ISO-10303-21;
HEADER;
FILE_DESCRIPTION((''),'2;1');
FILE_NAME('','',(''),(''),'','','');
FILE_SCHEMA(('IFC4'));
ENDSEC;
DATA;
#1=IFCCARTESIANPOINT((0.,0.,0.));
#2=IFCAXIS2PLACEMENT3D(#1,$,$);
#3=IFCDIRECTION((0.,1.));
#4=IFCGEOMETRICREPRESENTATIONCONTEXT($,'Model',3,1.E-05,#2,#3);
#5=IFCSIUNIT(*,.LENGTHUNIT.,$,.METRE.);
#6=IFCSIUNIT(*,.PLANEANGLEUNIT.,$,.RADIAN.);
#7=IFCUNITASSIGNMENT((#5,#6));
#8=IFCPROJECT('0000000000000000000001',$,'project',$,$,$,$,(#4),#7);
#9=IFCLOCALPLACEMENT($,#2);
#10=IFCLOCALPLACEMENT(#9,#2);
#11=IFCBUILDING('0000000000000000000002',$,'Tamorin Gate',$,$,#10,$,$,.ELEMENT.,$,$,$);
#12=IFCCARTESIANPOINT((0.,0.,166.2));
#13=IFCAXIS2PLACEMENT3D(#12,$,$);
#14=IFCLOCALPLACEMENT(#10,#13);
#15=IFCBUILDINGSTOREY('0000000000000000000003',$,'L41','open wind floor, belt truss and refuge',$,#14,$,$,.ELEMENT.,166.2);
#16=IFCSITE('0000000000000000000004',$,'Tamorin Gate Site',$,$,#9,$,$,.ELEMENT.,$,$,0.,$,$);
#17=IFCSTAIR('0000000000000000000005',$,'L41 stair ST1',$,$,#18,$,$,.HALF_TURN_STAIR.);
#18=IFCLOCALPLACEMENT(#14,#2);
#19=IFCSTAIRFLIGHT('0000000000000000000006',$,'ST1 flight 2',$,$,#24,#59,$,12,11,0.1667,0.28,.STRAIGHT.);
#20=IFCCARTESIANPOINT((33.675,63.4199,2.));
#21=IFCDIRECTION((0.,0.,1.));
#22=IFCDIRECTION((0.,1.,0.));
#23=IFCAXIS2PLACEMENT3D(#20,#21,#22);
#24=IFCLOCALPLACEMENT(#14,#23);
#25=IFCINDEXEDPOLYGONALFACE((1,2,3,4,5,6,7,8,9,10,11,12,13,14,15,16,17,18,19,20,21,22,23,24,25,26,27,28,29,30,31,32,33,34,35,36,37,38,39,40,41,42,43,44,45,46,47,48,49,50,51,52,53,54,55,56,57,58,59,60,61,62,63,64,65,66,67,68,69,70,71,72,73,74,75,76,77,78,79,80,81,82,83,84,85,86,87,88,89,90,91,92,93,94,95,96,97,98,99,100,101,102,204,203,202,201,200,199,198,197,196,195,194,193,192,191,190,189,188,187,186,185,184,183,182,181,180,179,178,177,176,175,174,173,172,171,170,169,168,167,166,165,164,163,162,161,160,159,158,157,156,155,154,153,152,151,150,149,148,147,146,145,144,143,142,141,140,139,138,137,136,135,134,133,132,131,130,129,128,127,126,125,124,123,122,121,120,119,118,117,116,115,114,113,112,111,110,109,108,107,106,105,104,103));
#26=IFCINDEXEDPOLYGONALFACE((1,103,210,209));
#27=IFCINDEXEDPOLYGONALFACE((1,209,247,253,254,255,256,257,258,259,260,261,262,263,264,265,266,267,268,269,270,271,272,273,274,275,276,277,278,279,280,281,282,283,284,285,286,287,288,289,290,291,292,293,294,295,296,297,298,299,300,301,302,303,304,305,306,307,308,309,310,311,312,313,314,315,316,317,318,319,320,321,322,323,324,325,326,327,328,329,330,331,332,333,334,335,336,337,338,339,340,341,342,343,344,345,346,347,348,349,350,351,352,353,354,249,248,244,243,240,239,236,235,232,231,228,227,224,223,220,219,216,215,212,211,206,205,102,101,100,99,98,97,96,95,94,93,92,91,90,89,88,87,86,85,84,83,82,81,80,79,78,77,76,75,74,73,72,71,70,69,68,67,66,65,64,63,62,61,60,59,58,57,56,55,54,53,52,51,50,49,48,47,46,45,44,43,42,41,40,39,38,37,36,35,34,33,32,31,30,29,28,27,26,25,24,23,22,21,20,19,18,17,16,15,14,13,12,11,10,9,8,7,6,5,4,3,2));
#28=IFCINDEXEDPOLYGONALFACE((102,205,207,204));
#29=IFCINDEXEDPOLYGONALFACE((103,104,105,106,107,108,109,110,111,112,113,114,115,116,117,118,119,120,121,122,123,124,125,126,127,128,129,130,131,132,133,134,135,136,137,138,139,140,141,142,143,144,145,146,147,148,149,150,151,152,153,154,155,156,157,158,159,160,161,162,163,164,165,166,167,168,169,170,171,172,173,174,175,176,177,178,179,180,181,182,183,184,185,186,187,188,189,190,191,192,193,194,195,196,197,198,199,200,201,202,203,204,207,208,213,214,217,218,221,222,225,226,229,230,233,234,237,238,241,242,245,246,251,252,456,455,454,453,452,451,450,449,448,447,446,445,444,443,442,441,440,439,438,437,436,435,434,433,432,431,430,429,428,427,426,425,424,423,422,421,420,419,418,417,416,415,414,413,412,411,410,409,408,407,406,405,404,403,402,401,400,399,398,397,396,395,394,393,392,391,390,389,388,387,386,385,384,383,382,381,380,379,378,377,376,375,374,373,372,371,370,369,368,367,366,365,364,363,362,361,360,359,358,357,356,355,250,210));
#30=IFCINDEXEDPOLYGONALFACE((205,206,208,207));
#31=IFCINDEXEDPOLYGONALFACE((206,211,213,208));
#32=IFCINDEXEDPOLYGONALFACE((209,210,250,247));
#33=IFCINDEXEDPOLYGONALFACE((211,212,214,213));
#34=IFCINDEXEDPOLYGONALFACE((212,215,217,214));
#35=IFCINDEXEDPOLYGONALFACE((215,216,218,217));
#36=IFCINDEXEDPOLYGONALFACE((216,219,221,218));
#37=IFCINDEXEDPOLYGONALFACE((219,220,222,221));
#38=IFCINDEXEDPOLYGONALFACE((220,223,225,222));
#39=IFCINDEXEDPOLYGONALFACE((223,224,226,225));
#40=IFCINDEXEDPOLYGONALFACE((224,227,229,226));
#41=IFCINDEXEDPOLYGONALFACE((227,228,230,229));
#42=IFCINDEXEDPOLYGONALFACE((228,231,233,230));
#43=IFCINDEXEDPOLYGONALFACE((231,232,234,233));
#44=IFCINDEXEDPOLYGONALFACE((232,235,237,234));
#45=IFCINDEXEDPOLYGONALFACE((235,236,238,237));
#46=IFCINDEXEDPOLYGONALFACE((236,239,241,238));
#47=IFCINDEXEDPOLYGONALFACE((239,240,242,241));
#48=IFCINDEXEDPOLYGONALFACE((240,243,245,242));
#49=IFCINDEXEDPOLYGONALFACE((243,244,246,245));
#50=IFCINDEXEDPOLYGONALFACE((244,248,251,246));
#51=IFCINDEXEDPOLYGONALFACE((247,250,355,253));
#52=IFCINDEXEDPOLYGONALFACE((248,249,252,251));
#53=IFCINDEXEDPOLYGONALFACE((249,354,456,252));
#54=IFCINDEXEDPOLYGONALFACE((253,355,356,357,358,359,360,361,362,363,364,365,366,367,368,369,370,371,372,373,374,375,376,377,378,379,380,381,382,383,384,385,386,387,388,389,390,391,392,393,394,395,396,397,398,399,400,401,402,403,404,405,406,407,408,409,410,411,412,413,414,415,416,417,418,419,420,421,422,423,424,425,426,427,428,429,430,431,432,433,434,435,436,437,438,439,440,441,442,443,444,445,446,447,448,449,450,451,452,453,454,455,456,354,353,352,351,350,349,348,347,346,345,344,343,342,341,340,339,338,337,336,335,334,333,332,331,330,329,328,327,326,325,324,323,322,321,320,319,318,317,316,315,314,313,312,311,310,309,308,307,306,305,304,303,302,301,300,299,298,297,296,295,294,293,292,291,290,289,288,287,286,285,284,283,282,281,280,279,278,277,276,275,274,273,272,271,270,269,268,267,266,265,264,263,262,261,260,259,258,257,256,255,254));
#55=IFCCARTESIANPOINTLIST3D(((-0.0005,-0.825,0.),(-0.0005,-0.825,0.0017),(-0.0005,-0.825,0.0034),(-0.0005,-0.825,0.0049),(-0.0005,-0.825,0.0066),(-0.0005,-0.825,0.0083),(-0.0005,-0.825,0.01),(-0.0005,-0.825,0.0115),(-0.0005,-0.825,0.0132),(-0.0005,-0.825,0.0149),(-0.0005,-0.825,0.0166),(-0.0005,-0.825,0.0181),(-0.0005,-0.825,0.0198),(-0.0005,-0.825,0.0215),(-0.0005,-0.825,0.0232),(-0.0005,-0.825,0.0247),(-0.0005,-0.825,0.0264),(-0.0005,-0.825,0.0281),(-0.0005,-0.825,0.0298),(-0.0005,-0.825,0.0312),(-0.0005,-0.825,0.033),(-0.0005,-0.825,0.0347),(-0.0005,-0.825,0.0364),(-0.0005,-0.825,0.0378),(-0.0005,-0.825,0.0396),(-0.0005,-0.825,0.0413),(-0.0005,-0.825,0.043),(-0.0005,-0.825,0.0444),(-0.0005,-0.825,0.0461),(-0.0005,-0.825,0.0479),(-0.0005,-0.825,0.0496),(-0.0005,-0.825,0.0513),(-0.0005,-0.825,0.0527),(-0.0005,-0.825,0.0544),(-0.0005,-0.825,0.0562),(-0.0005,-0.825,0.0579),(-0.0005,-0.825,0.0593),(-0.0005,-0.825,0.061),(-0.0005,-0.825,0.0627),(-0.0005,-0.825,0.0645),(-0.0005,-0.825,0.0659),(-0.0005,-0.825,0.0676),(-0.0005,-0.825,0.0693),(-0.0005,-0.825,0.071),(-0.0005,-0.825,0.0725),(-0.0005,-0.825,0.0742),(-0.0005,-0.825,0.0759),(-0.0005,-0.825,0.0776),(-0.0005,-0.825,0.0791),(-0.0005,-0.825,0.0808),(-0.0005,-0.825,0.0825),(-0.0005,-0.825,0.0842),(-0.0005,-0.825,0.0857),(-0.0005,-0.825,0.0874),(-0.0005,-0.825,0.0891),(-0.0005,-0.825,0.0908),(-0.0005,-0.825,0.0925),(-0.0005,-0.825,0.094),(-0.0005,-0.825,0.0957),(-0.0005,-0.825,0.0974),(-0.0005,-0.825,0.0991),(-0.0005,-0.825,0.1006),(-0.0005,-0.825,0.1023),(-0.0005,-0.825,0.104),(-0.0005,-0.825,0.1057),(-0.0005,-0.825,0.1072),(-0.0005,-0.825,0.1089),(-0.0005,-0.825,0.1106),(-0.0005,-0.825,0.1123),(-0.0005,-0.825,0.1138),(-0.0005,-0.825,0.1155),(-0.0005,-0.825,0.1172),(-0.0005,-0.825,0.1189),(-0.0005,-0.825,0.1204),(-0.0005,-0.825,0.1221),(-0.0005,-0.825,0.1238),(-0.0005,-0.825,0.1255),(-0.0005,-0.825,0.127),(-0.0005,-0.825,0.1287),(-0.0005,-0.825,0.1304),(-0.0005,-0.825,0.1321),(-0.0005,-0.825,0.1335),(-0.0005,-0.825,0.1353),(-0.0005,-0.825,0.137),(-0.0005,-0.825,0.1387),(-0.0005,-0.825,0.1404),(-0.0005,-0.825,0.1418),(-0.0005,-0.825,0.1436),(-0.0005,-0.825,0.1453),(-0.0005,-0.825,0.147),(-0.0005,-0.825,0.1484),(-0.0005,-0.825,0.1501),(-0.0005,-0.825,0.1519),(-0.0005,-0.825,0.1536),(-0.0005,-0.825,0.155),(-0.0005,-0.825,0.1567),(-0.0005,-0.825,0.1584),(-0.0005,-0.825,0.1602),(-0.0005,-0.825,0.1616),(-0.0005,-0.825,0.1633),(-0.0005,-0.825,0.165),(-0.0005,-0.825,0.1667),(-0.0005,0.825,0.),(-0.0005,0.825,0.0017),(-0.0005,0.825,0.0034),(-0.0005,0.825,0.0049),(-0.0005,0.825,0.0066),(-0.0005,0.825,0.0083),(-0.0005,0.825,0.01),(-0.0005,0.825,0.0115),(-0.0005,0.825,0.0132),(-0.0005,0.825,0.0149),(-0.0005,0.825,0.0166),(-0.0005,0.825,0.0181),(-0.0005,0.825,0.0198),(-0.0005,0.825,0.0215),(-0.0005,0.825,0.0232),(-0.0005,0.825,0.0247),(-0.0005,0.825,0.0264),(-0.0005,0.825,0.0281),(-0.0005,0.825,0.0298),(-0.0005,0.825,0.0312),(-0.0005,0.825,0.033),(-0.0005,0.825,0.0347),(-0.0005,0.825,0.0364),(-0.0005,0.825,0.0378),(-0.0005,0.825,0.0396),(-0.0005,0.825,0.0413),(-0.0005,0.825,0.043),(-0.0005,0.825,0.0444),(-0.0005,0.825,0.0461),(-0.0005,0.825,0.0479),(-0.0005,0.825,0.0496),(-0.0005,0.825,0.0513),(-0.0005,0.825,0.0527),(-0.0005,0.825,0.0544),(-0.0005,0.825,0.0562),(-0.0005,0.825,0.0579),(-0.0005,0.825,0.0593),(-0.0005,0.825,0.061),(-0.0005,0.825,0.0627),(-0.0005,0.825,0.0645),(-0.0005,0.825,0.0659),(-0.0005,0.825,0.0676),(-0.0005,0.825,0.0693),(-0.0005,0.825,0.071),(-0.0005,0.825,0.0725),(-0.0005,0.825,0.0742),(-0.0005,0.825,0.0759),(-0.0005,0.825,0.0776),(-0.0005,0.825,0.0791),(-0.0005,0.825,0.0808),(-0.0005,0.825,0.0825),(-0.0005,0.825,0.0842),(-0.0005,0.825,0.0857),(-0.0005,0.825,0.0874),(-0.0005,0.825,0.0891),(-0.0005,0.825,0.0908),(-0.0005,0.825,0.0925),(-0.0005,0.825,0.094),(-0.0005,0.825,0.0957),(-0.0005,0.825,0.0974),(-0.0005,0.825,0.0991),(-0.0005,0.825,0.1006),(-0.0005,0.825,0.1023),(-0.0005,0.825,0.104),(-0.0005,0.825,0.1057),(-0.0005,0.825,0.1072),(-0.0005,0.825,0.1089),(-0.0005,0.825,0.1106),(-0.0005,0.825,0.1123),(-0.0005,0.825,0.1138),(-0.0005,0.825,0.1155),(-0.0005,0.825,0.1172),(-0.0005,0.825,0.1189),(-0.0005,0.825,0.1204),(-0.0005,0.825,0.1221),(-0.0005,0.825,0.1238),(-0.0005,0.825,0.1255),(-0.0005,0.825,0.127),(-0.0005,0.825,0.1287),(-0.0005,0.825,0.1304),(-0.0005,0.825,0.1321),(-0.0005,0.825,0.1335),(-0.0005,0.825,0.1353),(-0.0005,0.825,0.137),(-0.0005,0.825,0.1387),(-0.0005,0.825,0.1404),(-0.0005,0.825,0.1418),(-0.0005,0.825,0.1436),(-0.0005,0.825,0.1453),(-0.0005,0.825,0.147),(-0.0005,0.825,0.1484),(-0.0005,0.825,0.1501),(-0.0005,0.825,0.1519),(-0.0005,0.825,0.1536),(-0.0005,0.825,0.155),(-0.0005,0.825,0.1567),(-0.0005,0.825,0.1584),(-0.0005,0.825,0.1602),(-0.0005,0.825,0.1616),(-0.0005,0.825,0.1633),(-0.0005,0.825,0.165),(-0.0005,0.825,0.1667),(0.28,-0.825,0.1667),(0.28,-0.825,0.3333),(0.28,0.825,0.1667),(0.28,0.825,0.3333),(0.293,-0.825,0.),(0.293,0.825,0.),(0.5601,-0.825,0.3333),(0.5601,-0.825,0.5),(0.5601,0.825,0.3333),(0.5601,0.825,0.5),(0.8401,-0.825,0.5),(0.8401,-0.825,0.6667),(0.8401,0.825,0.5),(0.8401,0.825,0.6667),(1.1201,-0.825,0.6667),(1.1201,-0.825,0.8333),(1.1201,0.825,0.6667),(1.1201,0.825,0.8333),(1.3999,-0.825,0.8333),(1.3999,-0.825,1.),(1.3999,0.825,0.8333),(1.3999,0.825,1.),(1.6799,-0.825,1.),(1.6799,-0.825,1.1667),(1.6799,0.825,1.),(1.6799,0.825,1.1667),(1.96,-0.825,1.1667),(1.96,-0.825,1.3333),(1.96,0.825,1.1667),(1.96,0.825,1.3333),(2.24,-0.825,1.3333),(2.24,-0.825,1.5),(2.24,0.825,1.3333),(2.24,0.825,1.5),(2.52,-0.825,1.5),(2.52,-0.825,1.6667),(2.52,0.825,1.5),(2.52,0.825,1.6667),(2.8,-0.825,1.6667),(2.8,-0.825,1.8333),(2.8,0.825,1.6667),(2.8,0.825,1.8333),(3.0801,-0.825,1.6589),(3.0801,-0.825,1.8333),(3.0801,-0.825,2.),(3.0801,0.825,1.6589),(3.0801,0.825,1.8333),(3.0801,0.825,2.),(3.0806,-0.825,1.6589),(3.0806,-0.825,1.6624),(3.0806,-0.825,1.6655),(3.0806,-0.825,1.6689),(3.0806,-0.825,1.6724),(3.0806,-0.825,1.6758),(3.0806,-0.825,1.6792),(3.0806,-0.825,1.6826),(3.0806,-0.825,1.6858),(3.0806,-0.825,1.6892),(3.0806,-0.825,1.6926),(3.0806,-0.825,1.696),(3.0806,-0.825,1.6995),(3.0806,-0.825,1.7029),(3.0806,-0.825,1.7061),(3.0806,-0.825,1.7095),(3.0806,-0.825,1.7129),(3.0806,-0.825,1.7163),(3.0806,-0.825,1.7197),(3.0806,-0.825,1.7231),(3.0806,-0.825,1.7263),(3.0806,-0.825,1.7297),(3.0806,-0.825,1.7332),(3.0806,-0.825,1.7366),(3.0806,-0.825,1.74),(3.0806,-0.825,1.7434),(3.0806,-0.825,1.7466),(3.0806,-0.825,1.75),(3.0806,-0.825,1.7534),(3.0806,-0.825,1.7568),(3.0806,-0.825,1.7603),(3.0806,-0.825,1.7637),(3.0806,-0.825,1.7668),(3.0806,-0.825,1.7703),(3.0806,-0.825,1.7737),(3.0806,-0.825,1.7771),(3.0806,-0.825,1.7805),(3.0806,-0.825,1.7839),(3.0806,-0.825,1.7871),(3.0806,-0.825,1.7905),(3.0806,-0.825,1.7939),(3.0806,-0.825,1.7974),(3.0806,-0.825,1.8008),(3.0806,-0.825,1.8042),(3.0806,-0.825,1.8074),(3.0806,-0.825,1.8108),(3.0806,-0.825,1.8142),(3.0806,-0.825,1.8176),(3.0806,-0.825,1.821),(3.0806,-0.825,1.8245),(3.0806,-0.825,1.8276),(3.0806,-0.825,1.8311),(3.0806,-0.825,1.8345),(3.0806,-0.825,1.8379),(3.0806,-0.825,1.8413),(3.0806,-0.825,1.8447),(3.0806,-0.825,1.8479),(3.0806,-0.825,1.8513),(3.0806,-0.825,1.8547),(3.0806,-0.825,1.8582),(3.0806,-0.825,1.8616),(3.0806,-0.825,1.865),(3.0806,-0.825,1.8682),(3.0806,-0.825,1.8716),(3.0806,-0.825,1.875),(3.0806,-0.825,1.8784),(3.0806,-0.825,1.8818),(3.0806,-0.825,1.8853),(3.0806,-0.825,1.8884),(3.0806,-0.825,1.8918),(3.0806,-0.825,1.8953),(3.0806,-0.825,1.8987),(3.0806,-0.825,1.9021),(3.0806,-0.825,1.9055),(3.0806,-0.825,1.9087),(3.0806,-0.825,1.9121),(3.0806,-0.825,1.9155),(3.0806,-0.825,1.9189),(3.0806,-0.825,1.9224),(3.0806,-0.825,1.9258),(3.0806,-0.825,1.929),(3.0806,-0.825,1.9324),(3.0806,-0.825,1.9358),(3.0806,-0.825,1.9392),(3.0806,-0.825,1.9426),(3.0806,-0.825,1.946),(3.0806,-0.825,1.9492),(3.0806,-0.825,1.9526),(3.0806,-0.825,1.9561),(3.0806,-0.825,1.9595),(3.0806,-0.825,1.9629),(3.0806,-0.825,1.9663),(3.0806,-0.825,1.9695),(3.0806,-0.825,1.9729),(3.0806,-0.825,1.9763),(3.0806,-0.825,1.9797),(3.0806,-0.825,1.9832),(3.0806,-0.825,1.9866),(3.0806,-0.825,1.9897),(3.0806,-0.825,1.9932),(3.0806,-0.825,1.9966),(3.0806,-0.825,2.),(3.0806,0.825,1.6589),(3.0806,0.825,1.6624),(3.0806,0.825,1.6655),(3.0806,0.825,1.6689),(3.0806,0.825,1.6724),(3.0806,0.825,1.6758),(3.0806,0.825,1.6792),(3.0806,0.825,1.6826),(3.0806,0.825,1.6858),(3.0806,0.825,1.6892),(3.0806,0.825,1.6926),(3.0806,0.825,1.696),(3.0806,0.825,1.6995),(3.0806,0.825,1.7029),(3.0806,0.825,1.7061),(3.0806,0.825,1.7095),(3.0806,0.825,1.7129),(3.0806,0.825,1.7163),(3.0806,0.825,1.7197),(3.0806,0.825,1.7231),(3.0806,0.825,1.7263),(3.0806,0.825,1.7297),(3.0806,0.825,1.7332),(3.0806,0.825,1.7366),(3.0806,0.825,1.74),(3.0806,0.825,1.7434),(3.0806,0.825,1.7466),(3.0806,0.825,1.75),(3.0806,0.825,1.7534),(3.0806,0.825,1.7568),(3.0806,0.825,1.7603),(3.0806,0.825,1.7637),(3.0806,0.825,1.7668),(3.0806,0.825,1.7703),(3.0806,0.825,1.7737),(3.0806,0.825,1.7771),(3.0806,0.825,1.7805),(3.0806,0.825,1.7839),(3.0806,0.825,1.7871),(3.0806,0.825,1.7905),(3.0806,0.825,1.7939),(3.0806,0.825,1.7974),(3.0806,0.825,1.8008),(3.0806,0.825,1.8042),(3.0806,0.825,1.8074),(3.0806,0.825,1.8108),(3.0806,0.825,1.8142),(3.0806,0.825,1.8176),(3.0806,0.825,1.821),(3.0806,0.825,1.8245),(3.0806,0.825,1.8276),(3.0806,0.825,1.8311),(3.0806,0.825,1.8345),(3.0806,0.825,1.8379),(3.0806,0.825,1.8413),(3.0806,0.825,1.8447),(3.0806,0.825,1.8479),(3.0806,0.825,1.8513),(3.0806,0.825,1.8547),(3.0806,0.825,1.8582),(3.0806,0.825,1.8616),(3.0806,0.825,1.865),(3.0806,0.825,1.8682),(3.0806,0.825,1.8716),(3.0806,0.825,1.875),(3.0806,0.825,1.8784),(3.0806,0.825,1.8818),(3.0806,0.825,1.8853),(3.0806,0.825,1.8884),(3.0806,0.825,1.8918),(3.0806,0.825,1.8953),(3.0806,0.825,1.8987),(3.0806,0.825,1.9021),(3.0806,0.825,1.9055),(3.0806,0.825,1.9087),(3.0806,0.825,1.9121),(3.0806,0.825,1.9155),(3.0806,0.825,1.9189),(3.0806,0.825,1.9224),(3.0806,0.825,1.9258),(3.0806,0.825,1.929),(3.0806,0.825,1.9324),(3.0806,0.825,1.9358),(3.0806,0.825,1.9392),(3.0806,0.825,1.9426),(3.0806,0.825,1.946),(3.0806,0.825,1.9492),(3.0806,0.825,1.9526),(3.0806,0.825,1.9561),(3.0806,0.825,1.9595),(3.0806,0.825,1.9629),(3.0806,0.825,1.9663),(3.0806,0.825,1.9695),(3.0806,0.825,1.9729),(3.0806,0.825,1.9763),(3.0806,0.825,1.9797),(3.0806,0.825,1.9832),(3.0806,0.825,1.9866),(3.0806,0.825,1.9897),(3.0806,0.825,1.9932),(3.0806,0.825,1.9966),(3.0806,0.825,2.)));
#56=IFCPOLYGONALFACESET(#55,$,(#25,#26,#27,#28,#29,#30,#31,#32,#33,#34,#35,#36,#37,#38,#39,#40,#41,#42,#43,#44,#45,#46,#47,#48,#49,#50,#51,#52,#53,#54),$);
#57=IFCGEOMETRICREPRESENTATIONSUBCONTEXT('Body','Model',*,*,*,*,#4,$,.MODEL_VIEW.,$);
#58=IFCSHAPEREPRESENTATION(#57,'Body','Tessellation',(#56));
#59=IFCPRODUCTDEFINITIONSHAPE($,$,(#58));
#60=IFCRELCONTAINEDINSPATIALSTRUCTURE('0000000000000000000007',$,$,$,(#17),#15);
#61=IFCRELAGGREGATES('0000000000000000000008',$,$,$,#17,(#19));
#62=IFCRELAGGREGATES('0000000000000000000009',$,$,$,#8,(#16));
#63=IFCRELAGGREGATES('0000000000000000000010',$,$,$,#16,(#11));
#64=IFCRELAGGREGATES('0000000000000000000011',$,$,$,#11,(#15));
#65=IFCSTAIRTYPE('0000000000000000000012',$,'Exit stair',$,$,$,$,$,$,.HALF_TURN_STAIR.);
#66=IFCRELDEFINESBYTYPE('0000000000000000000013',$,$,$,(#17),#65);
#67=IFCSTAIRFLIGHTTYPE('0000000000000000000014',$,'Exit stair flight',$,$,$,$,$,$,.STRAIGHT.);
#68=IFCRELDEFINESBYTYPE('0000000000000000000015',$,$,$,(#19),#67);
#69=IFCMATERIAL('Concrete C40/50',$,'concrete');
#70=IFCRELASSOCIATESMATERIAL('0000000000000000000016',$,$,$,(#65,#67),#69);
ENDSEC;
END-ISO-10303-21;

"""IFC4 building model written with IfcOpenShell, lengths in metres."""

from ifc_helpers import new_model, si_unit, direction, frame, origin, place, context, subcontext, project, spatial, polyline, outline, extrude, material, type_object, element, aggregate, save


model = new_model("IFC4")

# Units and contexts
model_context = context("Model", 3, precision=1e-05, world=origin(), true_north=direction((0.0, 1.0)))
body_context = subcontext(model_context, "Body", "Model", "MODEL_VIEW")
ifc_project = project(units=[si_unit("LENGTHUNIT", "METRE"), si_unit("PLANEANGLEUNIT", "RADIAN")], contexts=[model_context])

# Site, building, storey
site_placement = place(None, origin())
site = spatial("IfcSite", under=ifc_project, at=site_placement, Name="Tamorin Gate Site", CompositionType="ELEMENT", RefElevation=0.0)
building_placement = place(site_placement, origin())
building = spatial("IfcBuilding", under=site, at=building_placement, Name="Tamorin Gate", CompositionType="ELEMENT")
storey_placement = place(building_placement, frame((0.0, 0.0, 166.2)))
storey = spatial("IfcBuildingStorey", under=building, at=storey_placement, Name="L41", Description="open wind floor, belt truss and refuge", CompositionType="ELEMENT", Elevation=166.2)

# Stair, stair flight
ifc_material_1 = material(Name="Concrete C40/50", Category="concrete")
stair_type = type_object("IfcStairType", Name="Exit stair", PredefinedType="HALF_TURN_STAIR", material=ifc_material_1)
stair_placement = place(storey_placement, origin())
stair = element("IfcStair", 1, at=stair_placement, inside=storey, type_object=stair_type, Name="L41 stair ST1", PredefinedType="HALF_TURN_STAIR")
stair_flight_type = type_object("IfcStairFlightType", Name="Exit stair flight", PredefinedType="STRAIGHT", material=ifc_material_1)
stair_flight_placement = place(storey_placement, frame((33.675, 63.4199, 2.0), z_axis=(0.0, 0.0, 1.0), x_axis=(0.0, 1.0, 0.0)))
stair_flight = element("IfcStairFlight", 2, at=stair_flight_placement, type_object=stair_flight_type, Name="ST1 flight 2", NumberOfRisers=12, NumberOfTreads=11, PredefinedType="STRAIGHT", RiserHeight=0.1667, TreadLength=0.28, context=body_context, shape_type="SweptSolid", body=[
    extrude(outline(polyline([(-0.0005, 0.0), (-0.0005, 0.0017), (-0.0005, 0.0034), (-0.0005, 0.0049), (-0.0005, 0.0066), (-0.0005, 0.0083), (-0.0005, 0.01), (-0.0005, 0.0115), (-0.0005, 0.0132), (-0.0005, 0.0149), (-0.0005, 0.0166), (-0.0005, 0.0181), (-0.0005, 0.0198), (-0.0005, 0.0215), (-0.0005, 0.0232), (-0.0005, 0.0247), (-0.0005, 0.0264), (-0.0005, 0.0281), (-0.0005, 0.0298), (-0.0005, 0.0312), (-0.0005, 0.033), (-0.0005, 0.0347), (-0.0005, 0.0364), (-0.0005, 0.0378), (-0.0005, 0.0396), (-0.0005, 0.0413), (-0.0005, 0.043), (-0.0005, 0.0444), (-0.0005, 0.0461), (-0.0005, 0.0479), (-0.0005, 0.0496), (-0.0005, 0.0513), (-0.0005, 0.0527), (-0.0005, 0.0544), (-0.0005, 0.0562), (-0.0005, 0.0579), (-0.0005, 0.0593), (-0.0005, 0.061), (-0.0005, 0.0627), (-0.0005, 0.0645), (-0.0005, 0.0659), (-0.0005, 0.0676), (-0.0005, 0.0693), (-0.0005, 0.071), (-0.0005, 0.0725), (-0.0005, 0.0742), (-0.0005, 0.0759), (-0.0005, 0.0776), (-0.0005, 0.0791), (-0.0005, 0.0808), (-0.0005, 0.0825), (-0.0005, 0.0842), (-0.0005, 0.0857), (-0.0005, 0.0874), (-0.0005, 0.0891), (-0.0005, 0.0908), (-0.0005, 0.0925), (-0.0005, 0.094), (-0.0005, 0.0957), (-0.0005, 0.0974), (-0.0005, 0.0991), (-0.0005, 0.1006), (-0.0005, 0.1023), (-0.0005, 0.104), (-0.0005, 0.1057), (-0.0005, 0.1072), (-0.0005, 0.1089), (-0.0005, 0.1106), (-0.0005, 0.1123), (-0.0005, 0.1138), (-0.0005, 0.1155), (-0.0005, 0.1172), (-0.0005, 0.1189), (-0.0005, 0.1204), (-0.0005, 0.1221), (-0.0005, 0.1238), (-0.0005, 0.1255), (-0.0005, 0.127), (-0.0005, 0.1287), (-0.0005, 0.1304), (-0.0005, 0.1321), (-0.0005, 0.1335), (-0.0005, 0.1353), (-0.0005, 0.137), (-0.0005, 0.1387), (-0.0005, 0.1404), (-0.0005, 0.1418), (-0.0005, 0.1436), (-0.0005, 0.1453), (-0.0005, 0.147), (-0.0005, 0.1484), (-0.0005, 0.1501), (-0.0005, 0.1519), (-0.0005, 0.1536), (-0.0005, 0.155), (-0.0005, 0.1567), (-0.0005, 0.1584), (-0.0005, 0.1602), (-0.0005, 0.1616), (-0.0005, 0.1633), (-0.0005, 0.165), (-0.0005, 0.1667), (0.28, 0.1667), (0.28, 0.3333), (0.5601, 0.3333), (0.5601, 0.5), (0.8401, 0.5), (0.8401, 0.6667), (1.1201, 0.6667), (1.1201, 0.8333), (1.3999, 0.8333), (1.3999, 1.0), (1.6799, 1.0), (1.6799, 1.1667), (1.96, 1.1667), (1.96, 1.3333), (2.24, 1.3333), (2.24, 1.5), (2.52, 1.5), (2.52, 1.6667), (2.8, 1.6667), (2.8, 1.8333), (3.0801, 1.8333), (3.0801, 2.0), (3.0806, 2.0), (3.0806, 1.9966), (3.0806, 1.9932), (3.0806, 1.9897), (3.0806, 1.9866), (3.0806, 1.9832), (3.0806, 1.9797), (3.0806, 1.9763), (3.0806, 1.9729), (3.0806, 1.9695), (3.0806, 1.9663), (3.0806, 1.9629), (3.0806, 1.9595), (3.0806, 1.9561), (3.0806, 1.9526), (3.0806, 1.9492), (3.0806, 1.946), (3.0806, 1.9426), (3.0806, 1.9392), (3.0806, 1.9358), (3.0806, 1.9324), (3.0806, 1.929), (3.0806, 1.9258), (3.0806, 1.9224), (3.0806, 1.9189), (3.0806, 1.9155), (3.0806, 1.9121), (3.0806, 1.9087), (3.0806, 1.9055), (3.0806, 1.9021), (3.0806, 1.8987), (3.0806, 1.8953), (3.0806, 1.8918), (3.0806, 1.8884), (3.0806, 1.8853), (3.0806, 1.8818), (3.0806, 1.8784), (3.0806, 1.875), (3.0806, 1.8716), (3.0806, 1.8682), (3.0806, 1.865), (3.0806, 1.8616), (3.0806, 1.8582), (3.0806, 1.8547), (3.0806, 1.8513), (3.0806, 1.8479), (3.0806, 1.8447), (3.0806, 1.8413), (3.0806, 1.8379), (3.0806, 1.8345), (3.0806, 1.8311), (3.0806, 1.8276), (3.0806, 1.8245), (3.0806, 1.821), (3.0806, 1.8176), (3.0806, 1.8142), (3.0806, 1.8108), (3.0806, 1.8074), (3.0806, 1.8042), (3.0806, 1.8008), (3.0806, 1.7974), (3.0806, 1.7939), (3.0806, 1.7905), (3.0806, 1.7871), (3.0806, 1.7839), (3.0806, 1.7805), (3.0806, 1.7771), (3.0806, 1.7737), (3.0806, 1.7703), (3.0806, 1.7668), (3.0806, 1.7637), (3.0806, 1.7603), (3.0806, 1.7568), (3.0806, 1.7534), (3.0806, 1.75), (3.0806, 1.7466), (3.0806, 1.7434), (3.0806, 1.74), (3.0806, 1.7366), (3.0806, 1.7332), (3.0806, 1.7297), (3.0806, 1.7263), (3.0806, 1.7231), (3.0806, 1.7197), (3.0806, 1.7163), (3.0806, 1.7129), (3.0806, 1.7095), (3.0806, 1.7061), (3.0806, 1.7029), (3.0806, 1.6995), (3.0806, 1.696), (3.0806, 1.6926), (3.0806, 1.6892), (3.0806, 1.6858), (3.0806, 1.6826), (3.0806, 1.6792), (3.0806, 1.6758), (3.0806, 1.6724), (3.0806, 1.6689), (3.0806, 1.6655), (3.0806, 1.6624), (3.0806, 1.6589), (3.0801, 1.6589), (0.293, 0.0), (-0.0005, 0.0)])), frame((0.0, 0.825, 0.0), z_axis=(0.0, -1.0, 0.0), x_axis=(1.0, 0.0, 0.0)), (0.0, 0.0, 1.0), 1.6499),
])
aggregate(stair, [stair_flight])

save(model, "model.ifc")
